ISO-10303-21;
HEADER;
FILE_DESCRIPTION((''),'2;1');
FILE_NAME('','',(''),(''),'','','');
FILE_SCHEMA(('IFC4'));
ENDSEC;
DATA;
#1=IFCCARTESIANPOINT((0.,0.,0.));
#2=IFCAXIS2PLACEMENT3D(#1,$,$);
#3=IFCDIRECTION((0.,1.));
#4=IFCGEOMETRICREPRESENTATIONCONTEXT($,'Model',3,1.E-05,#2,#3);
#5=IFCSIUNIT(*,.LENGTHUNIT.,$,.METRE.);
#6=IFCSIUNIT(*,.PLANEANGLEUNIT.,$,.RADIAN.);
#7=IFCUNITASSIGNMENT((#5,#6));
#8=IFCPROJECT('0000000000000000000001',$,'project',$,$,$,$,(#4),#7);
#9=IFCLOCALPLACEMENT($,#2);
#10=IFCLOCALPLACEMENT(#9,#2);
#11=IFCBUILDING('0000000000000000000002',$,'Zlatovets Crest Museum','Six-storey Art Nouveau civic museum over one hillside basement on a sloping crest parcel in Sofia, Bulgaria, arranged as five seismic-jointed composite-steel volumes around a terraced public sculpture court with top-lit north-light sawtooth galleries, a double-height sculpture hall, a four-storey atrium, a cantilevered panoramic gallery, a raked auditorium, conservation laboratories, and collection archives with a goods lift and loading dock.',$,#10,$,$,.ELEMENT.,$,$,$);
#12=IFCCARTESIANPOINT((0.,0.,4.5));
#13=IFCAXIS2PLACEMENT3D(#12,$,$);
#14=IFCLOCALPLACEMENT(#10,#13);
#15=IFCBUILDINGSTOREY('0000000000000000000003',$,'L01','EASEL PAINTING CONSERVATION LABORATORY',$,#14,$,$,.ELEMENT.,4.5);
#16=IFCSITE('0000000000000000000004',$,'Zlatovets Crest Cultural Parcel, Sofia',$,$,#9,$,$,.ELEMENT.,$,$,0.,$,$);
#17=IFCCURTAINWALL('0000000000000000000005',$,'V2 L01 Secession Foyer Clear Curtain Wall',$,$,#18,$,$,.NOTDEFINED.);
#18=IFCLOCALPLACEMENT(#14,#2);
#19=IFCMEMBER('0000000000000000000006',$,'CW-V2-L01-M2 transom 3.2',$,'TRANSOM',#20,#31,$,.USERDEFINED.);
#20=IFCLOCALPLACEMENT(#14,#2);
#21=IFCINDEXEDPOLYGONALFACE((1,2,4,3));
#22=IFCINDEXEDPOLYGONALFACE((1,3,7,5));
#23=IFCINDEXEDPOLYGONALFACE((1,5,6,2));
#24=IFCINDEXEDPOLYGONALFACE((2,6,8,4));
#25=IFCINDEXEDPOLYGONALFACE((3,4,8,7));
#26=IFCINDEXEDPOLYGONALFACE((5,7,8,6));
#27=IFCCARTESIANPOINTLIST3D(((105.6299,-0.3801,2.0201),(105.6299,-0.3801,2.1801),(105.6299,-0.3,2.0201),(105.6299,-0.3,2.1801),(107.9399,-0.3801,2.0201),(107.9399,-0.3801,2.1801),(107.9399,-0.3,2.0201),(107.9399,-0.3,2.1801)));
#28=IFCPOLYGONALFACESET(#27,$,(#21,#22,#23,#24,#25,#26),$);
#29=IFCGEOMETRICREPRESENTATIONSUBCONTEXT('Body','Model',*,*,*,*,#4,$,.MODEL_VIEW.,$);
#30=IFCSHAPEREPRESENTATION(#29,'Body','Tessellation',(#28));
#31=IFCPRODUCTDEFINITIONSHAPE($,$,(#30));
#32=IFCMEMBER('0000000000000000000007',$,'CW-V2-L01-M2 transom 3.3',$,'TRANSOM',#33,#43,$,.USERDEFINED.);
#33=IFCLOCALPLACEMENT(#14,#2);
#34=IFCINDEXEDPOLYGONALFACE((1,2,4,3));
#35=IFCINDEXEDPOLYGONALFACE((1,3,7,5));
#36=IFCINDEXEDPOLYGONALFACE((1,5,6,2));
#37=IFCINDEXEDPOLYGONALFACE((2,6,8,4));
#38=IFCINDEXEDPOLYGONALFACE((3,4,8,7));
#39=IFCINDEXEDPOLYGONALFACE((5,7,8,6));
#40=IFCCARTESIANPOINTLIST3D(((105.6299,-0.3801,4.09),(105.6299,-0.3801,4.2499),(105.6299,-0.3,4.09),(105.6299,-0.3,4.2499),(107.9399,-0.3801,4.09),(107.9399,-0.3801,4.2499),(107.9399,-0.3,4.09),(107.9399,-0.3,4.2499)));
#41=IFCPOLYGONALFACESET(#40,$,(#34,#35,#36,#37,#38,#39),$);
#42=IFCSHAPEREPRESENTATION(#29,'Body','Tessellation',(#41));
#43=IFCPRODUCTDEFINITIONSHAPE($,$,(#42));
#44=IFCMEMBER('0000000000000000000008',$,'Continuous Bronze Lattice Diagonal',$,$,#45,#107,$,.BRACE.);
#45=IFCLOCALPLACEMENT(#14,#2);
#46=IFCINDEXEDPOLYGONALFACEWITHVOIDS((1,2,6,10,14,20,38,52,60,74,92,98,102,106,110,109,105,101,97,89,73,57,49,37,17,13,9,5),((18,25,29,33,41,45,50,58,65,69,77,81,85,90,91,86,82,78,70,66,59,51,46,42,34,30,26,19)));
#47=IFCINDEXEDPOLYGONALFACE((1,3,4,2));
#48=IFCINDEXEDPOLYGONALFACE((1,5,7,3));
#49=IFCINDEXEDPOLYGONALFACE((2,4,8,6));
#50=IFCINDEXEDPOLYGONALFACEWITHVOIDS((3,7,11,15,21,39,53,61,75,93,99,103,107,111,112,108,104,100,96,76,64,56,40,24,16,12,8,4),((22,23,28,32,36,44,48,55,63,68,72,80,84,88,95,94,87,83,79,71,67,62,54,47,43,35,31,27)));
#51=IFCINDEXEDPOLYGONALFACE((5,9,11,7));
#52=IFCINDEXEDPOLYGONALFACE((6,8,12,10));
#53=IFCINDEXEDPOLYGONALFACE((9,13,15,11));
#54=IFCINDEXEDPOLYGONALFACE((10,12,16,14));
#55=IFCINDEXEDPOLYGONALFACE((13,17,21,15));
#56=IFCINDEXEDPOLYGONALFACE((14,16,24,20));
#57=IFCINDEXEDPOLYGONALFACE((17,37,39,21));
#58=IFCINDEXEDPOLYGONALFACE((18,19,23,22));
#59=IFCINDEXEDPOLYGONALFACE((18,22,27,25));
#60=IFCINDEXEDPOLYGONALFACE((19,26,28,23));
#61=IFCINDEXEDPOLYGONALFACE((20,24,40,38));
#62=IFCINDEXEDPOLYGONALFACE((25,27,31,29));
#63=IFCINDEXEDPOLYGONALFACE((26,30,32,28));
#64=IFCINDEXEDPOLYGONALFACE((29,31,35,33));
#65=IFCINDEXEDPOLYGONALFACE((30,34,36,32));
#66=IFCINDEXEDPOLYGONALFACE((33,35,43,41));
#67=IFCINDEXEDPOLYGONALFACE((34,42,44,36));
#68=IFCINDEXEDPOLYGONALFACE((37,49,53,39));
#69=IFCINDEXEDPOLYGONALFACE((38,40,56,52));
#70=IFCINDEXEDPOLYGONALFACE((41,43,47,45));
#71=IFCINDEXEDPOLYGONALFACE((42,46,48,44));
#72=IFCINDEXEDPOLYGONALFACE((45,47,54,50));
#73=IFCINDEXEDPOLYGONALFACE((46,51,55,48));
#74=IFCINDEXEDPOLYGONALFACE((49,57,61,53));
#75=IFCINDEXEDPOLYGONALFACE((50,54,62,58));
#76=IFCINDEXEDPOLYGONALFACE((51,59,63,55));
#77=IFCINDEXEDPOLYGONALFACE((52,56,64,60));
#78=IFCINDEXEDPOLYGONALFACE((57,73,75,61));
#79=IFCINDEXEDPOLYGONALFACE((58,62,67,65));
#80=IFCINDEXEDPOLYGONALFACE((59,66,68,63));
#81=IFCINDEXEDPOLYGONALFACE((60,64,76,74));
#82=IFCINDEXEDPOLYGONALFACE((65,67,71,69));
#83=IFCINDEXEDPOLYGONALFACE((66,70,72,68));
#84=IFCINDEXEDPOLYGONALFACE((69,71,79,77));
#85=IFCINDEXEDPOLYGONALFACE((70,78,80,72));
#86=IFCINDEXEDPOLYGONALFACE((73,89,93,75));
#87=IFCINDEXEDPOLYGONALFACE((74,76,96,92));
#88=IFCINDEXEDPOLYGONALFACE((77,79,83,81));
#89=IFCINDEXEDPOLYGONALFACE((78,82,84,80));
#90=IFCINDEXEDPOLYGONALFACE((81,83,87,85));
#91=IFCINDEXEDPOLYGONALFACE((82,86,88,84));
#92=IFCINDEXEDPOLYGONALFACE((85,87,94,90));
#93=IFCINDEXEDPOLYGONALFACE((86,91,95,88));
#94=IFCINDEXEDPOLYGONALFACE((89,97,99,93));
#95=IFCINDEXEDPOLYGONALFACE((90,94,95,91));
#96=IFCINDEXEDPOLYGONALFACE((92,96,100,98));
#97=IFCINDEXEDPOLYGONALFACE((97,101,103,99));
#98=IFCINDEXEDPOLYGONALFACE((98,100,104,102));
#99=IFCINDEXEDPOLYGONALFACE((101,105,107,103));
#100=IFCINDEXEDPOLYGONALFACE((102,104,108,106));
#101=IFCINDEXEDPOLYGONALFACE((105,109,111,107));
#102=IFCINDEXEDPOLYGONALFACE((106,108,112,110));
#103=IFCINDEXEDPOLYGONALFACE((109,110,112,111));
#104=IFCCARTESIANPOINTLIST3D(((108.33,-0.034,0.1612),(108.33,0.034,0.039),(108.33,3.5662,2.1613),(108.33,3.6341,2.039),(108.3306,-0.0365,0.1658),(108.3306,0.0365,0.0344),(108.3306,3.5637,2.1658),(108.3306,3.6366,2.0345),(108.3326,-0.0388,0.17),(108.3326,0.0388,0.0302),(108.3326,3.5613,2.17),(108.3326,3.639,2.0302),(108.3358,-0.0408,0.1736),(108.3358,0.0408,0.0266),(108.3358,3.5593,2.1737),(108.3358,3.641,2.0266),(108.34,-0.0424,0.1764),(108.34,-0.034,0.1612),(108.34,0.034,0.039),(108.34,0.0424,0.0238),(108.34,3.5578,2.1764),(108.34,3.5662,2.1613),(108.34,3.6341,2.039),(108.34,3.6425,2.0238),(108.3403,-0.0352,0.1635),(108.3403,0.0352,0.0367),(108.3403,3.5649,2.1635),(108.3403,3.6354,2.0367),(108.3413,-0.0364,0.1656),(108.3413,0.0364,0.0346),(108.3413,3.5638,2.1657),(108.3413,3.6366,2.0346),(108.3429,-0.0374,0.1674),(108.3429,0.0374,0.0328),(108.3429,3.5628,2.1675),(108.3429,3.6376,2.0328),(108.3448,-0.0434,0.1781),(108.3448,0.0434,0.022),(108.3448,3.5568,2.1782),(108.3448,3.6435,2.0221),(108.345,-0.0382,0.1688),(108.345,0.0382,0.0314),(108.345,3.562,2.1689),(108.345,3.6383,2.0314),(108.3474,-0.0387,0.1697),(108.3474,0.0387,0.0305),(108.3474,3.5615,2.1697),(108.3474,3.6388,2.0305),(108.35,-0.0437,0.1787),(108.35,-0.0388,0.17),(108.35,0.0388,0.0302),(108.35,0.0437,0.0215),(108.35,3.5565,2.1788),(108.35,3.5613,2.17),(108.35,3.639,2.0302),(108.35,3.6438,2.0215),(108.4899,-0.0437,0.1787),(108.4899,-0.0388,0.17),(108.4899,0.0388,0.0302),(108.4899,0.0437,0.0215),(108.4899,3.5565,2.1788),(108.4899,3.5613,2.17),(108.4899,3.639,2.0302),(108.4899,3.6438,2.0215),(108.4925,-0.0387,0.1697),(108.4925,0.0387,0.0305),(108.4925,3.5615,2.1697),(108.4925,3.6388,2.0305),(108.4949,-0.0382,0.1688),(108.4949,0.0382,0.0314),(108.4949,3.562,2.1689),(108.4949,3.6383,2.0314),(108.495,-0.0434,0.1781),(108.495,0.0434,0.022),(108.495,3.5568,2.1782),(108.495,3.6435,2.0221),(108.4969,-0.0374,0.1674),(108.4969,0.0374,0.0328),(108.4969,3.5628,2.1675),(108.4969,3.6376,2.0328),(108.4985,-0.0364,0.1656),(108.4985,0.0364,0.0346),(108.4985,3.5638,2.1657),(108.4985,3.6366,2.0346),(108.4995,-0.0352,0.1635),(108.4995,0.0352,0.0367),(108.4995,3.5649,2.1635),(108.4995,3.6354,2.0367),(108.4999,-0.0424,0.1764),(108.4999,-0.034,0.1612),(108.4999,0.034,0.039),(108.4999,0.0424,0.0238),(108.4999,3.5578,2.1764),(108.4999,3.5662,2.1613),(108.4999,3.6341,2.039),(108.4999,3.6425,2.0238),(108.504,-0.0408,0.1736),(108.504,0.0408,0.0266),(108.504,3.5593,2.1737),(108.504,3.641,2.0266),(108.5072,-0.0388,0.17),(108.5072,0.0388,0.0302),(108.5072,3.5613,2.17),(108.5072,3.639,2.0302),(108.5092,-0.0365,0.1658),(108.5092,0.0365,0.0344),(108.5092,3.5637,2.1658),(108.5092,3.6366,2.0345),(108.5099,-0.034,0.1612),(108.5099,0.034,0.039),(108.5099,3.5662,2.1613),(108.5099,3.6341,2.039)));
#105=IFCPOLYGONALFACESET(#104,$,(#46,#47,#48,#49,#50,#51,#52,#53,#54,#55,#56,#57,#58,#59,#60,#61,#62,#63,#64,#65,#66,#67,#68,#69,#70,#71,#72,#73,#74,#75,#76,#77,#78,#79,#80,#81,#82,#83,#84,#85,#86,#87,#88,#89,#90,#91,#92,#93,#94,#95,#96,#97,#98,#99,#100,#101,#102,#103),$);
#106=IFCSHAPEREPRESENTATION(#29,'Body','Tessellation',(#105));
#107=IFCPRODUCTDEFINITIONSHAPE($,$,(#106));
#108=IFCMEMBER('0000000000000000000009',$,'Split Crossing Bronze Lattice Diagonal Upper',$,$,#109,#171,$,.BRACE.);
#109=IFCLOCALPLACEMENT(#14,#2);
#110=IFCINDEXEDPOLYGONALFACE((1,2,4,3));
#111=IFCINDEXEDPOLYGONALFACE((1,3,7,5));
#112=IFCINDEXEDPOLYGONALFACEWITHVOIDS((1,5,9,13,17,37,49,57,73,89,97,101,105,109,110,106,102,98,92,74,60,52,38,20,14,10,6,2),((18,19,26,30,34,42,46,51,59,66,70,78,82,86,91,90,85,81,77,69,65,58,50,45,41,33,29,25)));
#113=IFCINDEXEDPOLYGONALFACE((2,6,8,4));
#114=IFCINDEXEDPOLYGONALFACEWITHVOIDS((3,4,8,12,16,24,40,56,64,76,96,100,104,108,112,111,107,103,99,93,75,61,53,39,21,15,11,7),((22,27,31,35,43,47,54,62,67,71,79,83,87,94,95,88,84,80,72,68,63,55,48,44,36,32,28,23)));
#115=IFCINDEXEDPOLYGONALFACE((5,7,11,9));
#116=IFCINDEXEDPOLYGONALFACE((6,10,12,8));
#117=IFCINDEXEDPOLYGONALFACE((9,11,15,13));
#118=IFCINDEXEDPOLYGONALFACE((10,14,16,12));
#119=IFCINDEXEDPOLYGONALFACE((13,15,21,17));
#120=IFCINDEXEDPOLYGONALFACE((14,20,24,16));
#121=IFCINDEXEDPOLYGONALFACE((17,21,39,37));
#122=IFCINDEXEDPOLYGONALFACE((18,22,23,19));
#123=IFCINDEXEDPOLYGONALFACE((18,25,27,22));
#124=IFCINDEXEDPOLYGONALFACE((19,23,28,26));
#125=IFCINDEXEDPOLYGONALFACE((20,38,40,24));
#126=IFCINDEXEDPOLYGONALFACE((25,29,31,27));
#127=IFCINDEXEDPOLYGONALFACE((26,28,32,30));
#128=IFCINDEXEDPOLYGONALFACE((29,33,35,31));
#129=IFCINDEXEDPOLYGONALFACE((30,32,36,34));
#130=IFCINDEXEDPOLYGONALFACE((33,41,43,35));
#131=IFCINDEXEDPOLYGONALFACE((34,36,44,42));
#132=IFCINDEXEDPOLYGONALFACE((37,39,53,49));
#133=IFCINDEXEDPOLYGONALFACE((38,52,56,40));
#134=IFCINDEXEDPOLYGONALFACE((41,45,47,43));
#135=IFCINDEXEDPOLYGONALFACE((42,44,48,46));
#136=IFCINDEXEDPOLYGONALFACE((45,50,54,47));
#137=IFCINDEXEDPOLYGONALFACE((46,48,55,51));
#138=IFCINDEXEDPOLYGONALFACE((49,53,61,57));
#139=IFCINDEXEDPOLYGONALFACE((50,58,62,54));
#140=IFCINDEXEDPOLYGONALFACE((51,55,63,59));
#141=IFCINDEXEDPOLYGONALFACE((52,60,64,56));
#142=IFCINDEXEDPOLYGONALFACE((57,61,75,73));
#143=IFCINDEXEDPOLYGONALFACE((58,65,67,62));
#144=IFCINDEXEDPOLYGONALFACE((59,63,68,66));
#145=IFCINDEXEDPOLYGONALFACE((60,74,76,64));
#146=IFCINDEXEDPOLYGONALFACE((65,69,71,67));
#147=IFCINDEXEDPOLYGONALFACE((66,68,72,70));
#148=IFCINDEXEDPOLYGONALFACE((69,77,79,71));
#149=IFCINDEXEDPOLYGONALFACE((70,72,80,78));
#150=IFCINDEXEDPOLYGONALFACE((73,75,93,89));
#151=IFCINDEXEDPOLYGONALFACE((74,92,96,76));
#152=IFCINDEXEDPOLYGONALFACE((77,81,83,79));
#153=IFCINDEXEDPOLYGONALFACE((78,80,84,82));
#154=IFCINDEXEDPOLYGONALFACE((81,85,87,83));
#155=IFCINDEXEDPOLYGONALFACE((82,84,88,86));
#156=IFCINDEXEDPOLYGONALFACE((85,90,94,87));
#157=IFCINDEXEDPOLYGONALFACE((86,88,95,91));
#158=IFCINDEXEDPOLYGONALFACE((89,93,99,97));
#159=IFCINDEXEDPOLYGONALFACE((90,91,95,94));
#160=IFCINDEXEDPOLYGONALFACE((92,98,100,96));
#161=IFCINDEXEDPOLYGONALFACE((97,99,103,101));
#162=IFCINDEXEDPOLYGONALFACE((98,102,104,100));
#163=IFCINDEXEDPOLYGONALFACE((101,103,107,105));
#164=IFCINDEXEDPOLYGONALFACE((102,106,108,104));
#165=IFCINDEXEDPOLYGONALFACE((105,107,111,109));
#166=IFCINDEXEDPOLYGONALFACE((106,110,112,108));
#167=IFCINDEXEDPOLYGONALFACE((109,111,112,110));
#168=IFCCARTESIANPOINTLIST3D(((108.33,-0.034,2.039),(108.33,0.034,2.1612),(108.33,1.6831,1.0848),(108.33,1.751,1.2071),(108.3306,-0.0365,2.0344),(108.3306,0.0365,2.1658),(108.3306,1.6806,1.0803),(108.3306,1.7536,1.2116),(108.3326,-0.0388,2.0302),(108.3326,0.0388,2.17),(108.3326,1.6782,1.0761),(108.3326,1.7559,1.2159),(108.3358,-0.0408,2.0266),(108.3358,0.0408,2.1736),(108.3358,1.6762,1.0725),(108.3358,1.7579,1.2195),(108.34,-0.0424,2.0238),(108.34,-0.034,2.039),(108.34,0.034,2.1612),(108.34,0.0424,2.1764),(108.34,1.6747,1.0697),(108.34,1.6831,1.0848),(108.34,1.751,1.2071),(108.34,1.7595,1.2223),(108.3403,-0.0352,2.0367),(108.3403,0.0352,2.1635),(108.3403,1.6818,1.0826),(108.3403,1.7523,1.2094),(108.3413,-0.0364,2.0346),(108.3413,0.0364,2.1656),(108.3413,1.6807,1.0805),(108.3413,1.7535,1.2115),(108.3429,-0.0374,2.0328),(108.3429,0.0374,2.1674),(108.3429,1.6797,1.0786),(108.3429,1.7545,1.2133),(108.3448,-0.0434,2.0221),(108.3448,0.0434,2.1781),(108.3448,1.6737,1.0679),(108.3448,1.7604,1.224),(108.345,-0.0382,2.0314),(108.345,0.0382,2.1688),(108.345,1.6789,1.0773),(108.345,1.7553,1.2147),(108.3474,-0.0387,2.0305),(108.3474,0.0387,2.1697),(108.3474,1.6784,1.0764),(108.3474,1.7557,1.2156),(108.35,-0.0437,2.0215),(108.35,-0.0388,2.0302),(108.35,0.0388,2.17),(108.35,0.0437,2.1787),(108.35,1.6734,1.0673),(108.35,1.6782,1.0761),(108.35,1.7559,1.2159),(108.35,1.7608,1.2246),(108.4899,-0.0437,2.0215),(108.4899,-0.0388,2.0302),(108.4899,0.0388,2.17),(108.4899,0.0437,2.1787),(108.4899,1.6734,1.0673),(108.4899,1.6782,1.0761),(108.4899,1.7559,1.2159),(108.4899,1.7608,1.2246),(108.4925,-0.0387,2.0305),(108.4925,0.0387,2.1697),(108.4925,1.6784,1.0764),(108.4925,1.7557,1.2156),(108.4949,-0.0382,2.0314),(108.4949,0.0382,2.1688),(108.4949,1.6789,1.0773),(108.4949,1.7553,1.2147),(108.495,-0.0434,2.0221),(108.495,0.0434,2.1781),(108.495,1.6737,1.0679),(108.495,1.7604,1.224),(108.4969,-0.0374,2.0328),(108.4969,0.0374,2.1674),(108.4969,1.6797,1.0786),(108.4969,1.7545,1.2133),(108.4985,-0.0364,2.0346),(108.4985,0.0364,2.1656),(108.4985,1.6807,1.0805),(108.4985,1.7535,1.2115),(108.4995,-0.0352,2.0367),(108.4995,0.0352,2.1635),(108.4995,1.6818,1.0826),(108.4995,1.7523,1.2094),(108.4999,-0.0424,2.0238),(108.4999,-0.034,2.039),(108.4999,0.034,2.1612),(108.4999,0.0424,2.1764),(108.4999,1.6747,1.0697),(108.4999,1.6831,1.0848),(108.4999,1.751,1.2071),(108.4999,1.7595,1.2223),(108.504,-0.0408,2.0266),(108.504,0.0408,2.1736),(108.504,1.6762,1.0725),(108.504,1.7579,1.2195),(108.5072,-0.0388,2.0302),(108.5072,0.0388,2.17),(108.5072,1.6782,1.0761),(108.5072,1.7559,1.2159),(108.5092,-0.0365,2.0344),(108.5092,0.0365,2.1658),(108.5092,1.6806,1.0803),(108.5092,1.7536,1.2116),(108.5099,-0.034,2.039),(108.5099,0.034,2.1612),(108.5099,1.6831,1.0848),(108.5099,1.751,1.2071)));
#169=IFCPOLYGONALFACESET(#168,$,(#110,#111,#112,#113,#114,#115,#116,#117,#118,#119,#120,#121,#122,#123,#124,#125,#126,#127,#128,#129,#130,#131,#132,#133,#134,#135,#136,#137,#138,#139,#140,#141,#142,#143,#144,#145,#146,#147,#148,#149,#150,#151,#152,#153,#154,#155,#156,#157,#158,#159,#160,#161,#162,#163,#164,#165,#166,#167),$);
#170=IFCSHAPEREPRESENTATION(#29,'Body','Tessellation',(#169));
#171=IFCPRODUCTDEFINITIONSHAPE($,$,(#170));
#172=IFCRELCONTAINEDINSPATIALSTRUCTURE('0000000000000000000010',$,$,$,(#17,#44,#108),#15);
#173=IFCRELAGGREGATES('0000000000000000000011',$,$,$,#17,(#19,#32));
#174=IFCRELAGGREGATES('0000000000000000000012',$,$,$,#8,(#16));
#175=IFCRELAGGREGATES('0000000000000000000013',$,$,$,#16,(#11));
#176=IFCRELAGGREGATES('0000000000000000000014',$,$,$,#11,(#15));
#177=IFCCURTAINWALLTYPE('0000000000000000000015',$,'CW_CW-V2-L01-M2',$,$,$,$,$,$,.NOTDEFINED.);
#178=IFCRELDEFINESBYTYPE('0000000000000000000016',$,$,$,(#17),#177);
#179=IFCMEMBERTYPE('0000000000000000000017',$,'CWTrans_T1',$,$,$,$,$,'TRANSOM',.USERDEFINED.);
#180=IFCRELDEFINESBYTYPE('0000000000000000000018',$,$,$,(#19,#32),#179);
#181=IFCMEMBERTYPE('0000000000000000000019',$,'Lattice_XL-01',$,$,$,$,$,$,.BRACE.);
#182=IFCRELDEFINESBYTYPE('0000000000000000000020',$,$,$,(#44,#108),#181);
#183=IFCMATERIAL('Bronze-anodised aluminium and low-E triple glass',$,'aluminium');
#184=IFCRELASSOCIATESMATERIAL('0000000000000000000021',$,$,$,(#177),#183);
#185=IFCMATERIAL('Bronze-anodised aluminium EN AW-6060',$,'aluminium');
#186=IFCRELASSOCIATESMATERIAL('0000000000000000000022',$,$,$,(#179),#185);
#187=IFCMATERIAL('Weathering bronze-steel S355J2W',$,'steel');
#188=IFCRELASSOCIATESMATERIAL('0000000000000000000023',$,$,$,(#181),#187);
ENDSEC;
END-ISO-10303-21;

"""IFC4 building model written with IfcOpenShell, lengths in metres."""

from ifc_helpers import new_model, si_unit, direction, frame, origin, origin_2d, place, context, subcontext, project, spatial, rectangle, hollow_rectangle, extrude, material, material_profile, profile_set, type_object, element, aggregate, save


model = new_model("IFC4")

# Units and contexts
model_context = context("Model", 3, precision=1e-05, world=origin(), true_north=direction((0.0, 1.0)))
body_context = subcontext(model_context, "Body", "Model", "MODEL_VIEW")
ifc_project = project(units=[si_unit("LENGTHUNIT", "METRE"), si_unit("PLANEANGLEUNIT", "RADIAN")], contexts=[model_context])

# Site, building, storey
site_placement = place(None, origin())
site = spatial("IfcSite", under=ifc_project, at=site_placement, Name="Zlatovets Crest Cultural Parcel, Sofia", CompositionType="ELEMENT", RefElevation=0.0)
building_placement = place(site_placement, origin())
building = spatial("IfcBuilding", under=site, at=building_placement, Name="Zlatovets Crest Museum", Description="Six-storey Art Nouveau civic museum over one hillside basement on a sloping crest parcel in Sofia, Bulgaria, arranged as five seismic-jointed composite-steel volumes around a terraced public sculpture court with top-lit north-light sawtooth galleries, a double-height sculpture hall, a four-storey atrium, a cantilevered panoramic gallery, a raked auditorium, conservation laboratories, and collection archives with a goods lift and loading dock.", CompositionType="ELEMENT")
storey_placement = place(building_placement, frame((0.0, 0.0, 4.5)))
storey = spatial("IfcBuildingStorey", under=building, at=storey_placement, Name="L01", Description="EASEL PAINTING CONSERVATION LABORATORY", CompositionType="ELEMENT", Elevation=4.5)

# Curtain wall, members
ifc_material_1 = material(Name="Bronze-anodised aluminium and low-E triple glass", Category="aluminium")
curtain_wall_type = type_object("IfcCurtainWallType", Name="CW_CW-V2-L01-M2", PredefinedType="NOTDEFINED", material=ifc_material_1)
curtain_wall_placement = place(storey_placement, origin())
curtain_wall = element("IfcCurtainWall", 1, at=curtain_wall_placement, inside=storey, type_object=curtain_wall_type, Name="V2 L01 Secession Foyer Clear Curtain Wall", PredefinedType="NOTDEFINED")
ifc_material_2 = material(Name="Bronze-anodised aluminium EN AW-6060", Category="aluminium")
ifc_material_profile_1 = material_profile(ifc_material_2, rectangle(XDim=0.0801, YDim=0.1599, at=origin_2d()), Name="ALU 80x160")
ifc_profile_set_1 = profile_set([ifc_material_profile_1], Name="Bronze-anodised aluminium EN AW-6060")
member_type_1 = type_object("IfcMemberType", Name="CWTrans_T1", ElementType="TRANSOM", PredefinedType="USERDEFINED", material=ifc_profile_set_1)
member_1_placement = place(storey_placement, frame((105.6299, -0.3401, 2.1001), z_axis=(1.0, 0.0, 0.0), x_axis=(0.0, 1.0, 0.0)))
member_1 = element("IfcMember", 2, at=member_1_placement, type_object=member_type_1, Name="CW-V2-L01-M2 transom 3.2", ObjectType="TRANSOM", PredefinedType="USERDEFINED", context=body_context, shape_type="SweptSolid", body=[
    extrude(rectangle(XDim=0.0801, YDim=0.1599, at=origin_2d()), origin(), (0.0, 0.0, 1.0), 2.3101),
])
member_2_placement = place(storey_placement, frame((105.6299, -0.3401, 4.1699), z_axis=(1.0, 0.0, 0.0), x_axis=(0.0, 1.0, 0.0)))
member_2 = element("IfcMember", 3, at=member_2_placement, type_object=member_type_1, Name="CW-V2-L01-M2 transom 3.3", ObjectType="TRANSOM", PredefinedType="USERDEFINED", context=body_context, shape_type="SweptSolid", body=[
    extrude(rectangle(XDim=0.0801, YDim=0.1599, at=origin_2d()), origin(), (0.0, 0.0, 1.0), 2.3101),
])

# Members
ifc_material_3 = material(Name="Weathering bronze-steel S355J2W", Category="steel")
ifc_material_profile_2 = material_profile(ifc_material_3, hollow_rectangle(XDim=0.1799, YDim=0.1799, WallThickness=0.01, InnerFilletRadius=0.01, OuterFilletRadius=0.02, at=origin_2d()), Name="SHS 180x180x10.0")
ifc_profile_set_2 = profile_set([ifc_material_profile_2], Name="Weathering bronze-steel S355J2W")
member_type_2 = type_object("IfcMemberType", Name="Lattice_XL-01", PredefinedType="BRACE", material=ifc_profile_set_2)
member_3_placement = place(storey_placement, frame((108.4199, 0.0, 0.1001), z_axis=(0.0, 0.874163, 0.485633), x_axis=(-1.0, 0.0, 0.0)))
element("IfcMember", 4, at=member_3_placement, inside=storey, type_object=member_type_2, Name="Continuous Bronze Lattice Diagonal", PredefinedType="BRACE", context=body_context, shape_type="SweptSolid", body=[
    extrude(hollow_rectangle(XDim=0.1799, YDim=0.1799, WallThickness=0.01, InnerFilletRadius=0.01, OuterFilletRadius=0.02, at=origin_2d()), origin(), (0.0, 0.0, 1.0), 4.1184),
])
member_4_placement = place(storey_placement, frame((108.4199, 0.0, 2.1001), z_axis=(0.0, 0.874116, -0.485717), x_axis=(-1.0, 0.0, 0.0)))
element("IfcMember", 5, at=member_4_placement, inside=storey, type_object=member_type_2, Name="Split Crossing Bronze Lattice Diagonal Upper", PredefinedType="BRACE", context=body_context, shape_type="SweptSolid", body=[
    extrude(hollow_rectangle(XDim=0.1799, YDim=0.1799, WallThickness=0.01, InnerFilletRadius=0.01, OuterFilletRadius=0.02, at=origin_2d()), origin(), (0.0, 0.0, 1.0), 1.9644),
])

aggregate(curtain_wall, [member_1, member_2])

save(model, "model.ifc")
